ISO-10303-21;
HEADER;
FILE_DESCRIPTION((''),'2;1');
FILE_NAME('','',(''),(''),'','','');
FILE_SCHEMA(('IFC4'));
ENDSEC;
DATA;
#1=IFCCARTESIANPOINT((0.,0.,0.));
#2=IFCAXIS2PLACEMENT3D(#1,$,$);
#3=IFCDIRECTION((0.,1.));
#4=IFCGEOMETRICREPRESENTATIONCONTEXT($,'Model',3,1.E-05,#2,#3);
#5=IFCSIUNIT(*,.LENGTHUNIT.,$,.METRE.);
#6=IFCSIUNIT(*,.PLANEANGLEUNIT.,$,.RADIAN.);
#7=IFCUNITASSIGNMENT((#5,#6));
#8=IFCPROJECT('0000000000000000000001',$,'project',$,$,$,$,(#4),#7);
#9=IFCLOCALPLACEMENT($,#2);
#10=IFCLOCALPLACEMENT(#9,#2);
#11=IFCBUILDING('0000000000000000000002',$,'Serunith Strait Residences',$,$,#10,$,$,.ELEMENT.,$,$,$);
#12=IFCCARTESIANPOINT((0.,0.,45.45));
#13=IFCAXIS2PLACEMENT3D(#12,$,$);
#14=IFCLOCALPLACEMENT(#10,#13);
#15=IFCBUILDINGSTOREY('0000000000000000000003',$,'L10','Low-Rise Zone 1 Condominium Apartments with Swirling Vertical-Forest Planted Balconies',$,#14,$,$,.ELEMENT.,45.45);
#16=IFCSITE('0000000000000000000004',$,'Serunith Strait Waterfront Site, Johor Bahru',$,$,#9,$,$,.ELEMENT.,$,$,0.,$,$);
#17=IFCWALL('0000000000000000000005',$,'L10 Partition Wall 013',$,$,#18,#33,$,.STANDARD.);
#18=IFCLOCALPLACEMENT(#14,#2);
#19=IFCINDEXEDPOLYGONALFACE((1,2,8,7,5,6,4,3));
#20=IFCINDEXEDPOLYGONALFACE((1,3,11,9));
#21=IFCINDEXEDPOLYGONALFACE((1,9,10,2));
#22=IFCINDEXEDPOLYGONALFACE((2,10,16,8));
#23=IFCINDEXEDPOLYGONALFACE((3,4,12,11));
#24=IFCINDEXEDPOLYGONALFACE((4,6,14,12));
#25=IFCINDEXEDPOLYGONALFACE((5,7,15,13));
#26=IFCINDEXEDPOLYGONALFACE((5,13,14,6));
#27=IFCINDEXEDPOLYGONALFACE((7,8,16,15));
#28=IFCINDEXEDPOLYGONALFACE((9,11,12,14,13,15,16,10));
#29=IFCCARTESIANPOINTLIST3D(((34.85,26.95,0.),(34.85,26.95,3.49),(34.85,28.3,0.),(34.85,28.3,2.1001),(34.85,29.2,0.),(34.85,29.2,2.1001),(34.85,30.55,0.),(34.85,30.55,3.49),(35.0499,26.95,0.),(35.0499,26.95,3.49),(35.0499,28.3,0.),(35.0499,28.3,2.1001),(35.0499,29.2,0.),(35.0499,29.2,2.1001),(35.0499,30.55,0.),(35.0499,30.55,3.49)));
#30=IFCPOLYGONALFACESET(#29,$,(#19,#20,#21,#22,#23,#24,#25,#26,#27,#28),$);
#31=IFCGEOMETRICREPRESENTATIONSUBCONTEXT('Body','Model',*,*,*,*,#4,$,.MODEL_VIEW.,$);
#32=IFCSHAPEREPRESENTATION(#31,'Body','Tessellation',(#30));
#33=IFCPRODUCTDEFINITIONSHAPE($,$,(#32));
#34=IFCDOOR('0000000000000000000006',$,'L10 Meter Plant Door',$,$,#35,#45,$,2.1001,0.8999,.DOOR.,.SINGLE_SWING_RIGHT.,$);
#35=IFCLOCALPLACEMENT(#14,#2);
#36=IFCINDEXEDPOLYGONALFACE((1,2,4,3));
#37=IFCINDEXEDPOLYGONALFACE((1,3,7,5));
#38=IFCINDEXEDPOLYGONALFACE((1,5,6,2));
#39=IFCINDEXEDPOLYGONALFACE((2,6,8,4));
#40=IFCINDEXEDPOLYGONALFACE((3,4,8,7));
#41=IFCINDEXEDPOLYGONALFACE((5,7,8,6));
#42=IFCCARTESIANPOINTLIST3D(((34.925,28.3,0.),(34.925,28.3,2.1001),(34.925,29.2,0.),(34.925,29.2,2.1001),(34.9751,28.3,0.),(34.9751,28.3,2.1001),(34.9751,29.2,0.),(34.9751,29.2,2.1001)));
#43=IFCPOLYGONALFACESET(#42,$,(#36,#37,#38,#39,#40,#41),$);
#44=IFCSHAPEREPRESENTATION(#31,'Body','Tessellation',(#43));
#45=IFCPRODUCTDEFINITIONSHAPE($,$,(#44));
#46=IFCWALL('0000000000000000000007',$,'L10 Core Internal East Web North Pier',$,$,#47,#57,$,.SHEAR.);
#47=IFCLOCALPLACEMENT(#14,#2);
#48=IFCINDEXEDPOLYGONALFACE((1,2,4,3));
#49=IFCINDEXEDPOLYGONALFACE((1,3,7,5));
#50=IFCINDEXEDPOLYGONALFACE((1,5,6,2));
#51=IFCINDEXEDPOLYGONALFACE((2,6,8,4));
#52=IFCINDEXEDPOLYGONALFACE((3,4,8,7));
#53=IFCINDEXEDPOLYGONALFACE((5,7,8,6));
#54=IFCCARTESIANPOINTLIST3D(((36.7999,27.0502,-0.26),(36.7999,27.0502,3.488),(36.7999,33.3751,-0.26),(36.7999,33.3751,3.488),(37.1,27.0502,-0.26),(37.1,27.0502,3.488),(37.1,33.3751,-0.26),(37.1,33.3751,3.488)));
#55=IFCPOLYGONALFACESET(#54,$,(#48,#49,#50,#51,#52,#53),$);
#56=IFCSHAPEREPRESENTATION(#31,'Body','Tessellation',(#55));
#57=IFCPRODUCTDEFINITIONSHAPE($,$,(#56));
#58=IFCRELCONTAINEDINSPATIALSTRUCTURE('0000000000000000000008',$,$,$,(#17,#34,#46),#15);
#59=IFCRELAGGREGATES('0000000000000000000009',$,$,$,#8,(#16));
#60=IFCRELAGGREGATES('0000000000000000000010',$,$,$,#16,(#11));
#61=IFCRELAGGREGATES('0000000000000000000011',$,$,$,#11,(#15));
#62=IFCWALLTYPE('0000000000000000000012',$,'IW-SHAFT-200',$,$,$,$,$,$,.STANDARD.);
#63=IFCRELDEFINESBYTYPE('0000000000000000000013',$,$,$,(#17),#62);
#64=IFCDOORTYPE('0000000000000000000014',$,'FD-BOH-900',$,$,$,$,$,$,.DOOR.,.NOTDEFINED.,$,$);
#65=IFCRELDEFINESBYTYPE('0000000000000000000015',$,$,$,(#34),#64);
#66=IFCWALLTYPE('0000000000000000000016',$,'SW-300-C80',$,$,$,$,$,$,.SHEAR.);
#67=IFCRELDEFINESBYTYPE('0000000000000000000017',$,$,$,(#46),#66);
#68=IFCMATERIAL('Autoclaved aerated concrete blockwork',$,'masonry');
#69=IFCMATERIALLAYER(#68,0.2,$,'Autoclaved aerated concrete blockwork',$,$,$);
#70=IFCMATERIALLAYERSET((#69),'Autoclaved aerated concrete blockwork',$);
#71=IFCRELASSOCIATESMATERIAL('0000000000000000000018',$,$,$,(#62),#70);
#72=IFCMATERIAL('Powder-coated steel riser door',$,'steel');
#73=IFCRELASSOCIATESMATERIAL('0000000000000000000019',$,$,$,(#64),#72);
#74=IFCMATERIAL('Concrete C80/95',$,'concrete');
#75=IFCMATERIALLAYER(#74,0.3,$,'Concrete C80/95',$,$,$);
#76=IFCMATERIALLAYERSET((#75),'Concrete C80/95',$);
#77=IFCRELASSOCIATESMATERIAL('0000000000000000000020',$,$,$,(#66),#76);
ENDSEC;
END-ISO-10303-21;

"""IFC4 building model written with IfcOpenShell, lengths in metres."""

from ifc_helpers import new_model, si_unit, direction, frame, frame_2d, origin, place, context, subcontext, project, spatial, rectangle, extrude, source, transform, mapped, material, layer, layer_set, type_object, element, fill, save


model = new_model("IFC4")

# Units and contexts
model_context = context("Model", 3, precision=1e-05, world=origin(), true_north=direction((0.0, 1.0)))
body_context = subcontext(model_context, "Body", "Model", "MODEL_VIEW")
ifc_project = project(units=[si_unit("LENGTHUNIT", "METRE"), si_unit("PLANEANGLEUNIT", "RADIAN")], contexts=[model_context])

# Site, building, storey
site_placement = place(None, origin())
site = spatial("IfcSite", under=ifc_project, at=site_placement, Name="Serunith Strait Waterfront Site, Johor Bahru", CompositionType="ELEMENT", RefElevation=0.0)
building_placement = place(site_placement, origin())
building = spatial("IfcBuilding", under=site, at=building_placement, Name="Serunith Strait Residences", CompositionType="ELEMENT")
storey_placement = place(building_placement, frame((0.0, 0.0, 45.45)))
storey = spatial("IfcBuildingStorey", under=building, at=storey_placement, Name="L10", Description="Low-Rise Zone 1 Condominium Apartments with Swirling Vertical-Forest Planted Balconies", CompositionType="ELEMENT", Elevation=45.45)

# Shared definitions
ifc_material_1 = material(Name="Autoclaved aerated concrete blockwork", Category="masonry")
ifc_layer_1 = layer(ifc_material_1, 0.2, Name="Autoclaved aerated concrete blockwork")
ifc_layer_set_1 = layer_set([ifc_layer_1], Name="Autoclaved aerated concrete blockwork")
wall_type_1 = type_object("IfcWallType", Name="IW-SHAFT-200", PredefinedType="STANDARD", material=ifc_layer_set_1)

# Wall, opening, door
wall_1_placement = place(storey_placement, frame((34.95, 26.95, 0.0), z_axis=(0.0, 0.0, 1.0), x_axis=(0.0, 1.0, 0.0)))
wall_1 = element("IfcWall", 1, at=wall_1_placement, inside=storey, type_object=wall_type_1, Name="L10 Partition Wall 013", PredefinedType="STANDARD", context=body_context, shape_type="SweptSolid", body=[
    extrude(rectangle(XDim=3.6001, YDim=0.2, at=frame_2d((1.8, 0.0))), origin(), (0.0, 0.0, 1.0), 3.49),
])
opening_1_placement = place(wall_1_placement, frame((1.3501, 0.0, 0.0)))
opening_1 = element("IfcOpeningElement", 2, at=opening_1_placement, cuts=wall_1, PredefinedType="OPENING", context=body_context, shape_type="SweptSolid", body=[
    extrude(rectangle(XDim=0.8999, YDim=2.1001, at=frame_2d((0.45, 1.05))), frame((0.0, 0.1099, 0.0), z_axis=(0.0, -1.0, 0.0), x_axis=(1.0, 0.0, 0.0)), (0.0, 0.0, 1.0), 0.22),
])
ifc_material_2 = material(Name="Powder-coated steel riser door", Category="steel")
door_type_1 = type_object("IfcDoorType", Name="FD-BOH-900", OperationType="NOTDEFINED", PredefinedType="DOOR", material=ifc_material_2)
shared_shape_1 = source(origin(), body_context, "Body", "SweptSolid", [
    extrude(rectangle(XDim=0.8999, YDim=2.1001, at=frame_2d((0.45, 1.05))), frame((0.0, 0.0249, 0.0), z_axis=(0.0, -1.0, 0.0), x_axis=(1.0, 0.0, 0.0)), (0.0, 0.0, 1.0), 0.05),
])
door_1_placement = place(opening_1_placement, origin())
door_1 = element("IfcDoor", 3, at=door_1_placement, inside=storey, type_object=door_type_1, Name="L10 Meter Plant Door", OperationType="SINGLE_SWING_RIGHT", OverallHeight=2.1001, OverallWidth=0.8999, PredefinedType="DOOR", context=body_context, shape_type="MappedRepresentation", body=[
    mapped(shared_shape_1, transform((0.0, 0.0, 0.0), scale=1.0)),
])
fill(opening_1, door_1)

# Wall
ifc_material_3 = material(Name="Concrete C80/95", Category="concrete")
ifc_layer_2 = layer(ifc_material_3, 0.3, Name="Concrete C80/95")
ifc_layer_set_2 = layer_set([ifc_layer_2], Name="Concrete C80/95")
wall_type_2 = type_object("IfcWallType", Name="SW-300-C80", PredefinedType="SHEAR", material=ifc_layer_set_2)
wall_2_placement = place(storey_placement, frame((36.95, 27.05, -0.26), z_axis=(0.0, 0.0, 1.0), x_axis=(0.0, 1.0, 0.0)))
element("IfcWall", 4, at=wall_2_placement, inside=storey, type_object=wall_type_2, Name="L10 Core Internal East Web North Pier", PredefinedType="SHEAR", context=body_context, shape_type="SweptSolid", body=[
    extrude(rectangle(XDim=6.325, YDim=0.3, at=frame_2d((3.1626, 0.0))), origin(), (0.0, 0.0, 1.0), 3.748),
])

save(model, "model.ifc")
